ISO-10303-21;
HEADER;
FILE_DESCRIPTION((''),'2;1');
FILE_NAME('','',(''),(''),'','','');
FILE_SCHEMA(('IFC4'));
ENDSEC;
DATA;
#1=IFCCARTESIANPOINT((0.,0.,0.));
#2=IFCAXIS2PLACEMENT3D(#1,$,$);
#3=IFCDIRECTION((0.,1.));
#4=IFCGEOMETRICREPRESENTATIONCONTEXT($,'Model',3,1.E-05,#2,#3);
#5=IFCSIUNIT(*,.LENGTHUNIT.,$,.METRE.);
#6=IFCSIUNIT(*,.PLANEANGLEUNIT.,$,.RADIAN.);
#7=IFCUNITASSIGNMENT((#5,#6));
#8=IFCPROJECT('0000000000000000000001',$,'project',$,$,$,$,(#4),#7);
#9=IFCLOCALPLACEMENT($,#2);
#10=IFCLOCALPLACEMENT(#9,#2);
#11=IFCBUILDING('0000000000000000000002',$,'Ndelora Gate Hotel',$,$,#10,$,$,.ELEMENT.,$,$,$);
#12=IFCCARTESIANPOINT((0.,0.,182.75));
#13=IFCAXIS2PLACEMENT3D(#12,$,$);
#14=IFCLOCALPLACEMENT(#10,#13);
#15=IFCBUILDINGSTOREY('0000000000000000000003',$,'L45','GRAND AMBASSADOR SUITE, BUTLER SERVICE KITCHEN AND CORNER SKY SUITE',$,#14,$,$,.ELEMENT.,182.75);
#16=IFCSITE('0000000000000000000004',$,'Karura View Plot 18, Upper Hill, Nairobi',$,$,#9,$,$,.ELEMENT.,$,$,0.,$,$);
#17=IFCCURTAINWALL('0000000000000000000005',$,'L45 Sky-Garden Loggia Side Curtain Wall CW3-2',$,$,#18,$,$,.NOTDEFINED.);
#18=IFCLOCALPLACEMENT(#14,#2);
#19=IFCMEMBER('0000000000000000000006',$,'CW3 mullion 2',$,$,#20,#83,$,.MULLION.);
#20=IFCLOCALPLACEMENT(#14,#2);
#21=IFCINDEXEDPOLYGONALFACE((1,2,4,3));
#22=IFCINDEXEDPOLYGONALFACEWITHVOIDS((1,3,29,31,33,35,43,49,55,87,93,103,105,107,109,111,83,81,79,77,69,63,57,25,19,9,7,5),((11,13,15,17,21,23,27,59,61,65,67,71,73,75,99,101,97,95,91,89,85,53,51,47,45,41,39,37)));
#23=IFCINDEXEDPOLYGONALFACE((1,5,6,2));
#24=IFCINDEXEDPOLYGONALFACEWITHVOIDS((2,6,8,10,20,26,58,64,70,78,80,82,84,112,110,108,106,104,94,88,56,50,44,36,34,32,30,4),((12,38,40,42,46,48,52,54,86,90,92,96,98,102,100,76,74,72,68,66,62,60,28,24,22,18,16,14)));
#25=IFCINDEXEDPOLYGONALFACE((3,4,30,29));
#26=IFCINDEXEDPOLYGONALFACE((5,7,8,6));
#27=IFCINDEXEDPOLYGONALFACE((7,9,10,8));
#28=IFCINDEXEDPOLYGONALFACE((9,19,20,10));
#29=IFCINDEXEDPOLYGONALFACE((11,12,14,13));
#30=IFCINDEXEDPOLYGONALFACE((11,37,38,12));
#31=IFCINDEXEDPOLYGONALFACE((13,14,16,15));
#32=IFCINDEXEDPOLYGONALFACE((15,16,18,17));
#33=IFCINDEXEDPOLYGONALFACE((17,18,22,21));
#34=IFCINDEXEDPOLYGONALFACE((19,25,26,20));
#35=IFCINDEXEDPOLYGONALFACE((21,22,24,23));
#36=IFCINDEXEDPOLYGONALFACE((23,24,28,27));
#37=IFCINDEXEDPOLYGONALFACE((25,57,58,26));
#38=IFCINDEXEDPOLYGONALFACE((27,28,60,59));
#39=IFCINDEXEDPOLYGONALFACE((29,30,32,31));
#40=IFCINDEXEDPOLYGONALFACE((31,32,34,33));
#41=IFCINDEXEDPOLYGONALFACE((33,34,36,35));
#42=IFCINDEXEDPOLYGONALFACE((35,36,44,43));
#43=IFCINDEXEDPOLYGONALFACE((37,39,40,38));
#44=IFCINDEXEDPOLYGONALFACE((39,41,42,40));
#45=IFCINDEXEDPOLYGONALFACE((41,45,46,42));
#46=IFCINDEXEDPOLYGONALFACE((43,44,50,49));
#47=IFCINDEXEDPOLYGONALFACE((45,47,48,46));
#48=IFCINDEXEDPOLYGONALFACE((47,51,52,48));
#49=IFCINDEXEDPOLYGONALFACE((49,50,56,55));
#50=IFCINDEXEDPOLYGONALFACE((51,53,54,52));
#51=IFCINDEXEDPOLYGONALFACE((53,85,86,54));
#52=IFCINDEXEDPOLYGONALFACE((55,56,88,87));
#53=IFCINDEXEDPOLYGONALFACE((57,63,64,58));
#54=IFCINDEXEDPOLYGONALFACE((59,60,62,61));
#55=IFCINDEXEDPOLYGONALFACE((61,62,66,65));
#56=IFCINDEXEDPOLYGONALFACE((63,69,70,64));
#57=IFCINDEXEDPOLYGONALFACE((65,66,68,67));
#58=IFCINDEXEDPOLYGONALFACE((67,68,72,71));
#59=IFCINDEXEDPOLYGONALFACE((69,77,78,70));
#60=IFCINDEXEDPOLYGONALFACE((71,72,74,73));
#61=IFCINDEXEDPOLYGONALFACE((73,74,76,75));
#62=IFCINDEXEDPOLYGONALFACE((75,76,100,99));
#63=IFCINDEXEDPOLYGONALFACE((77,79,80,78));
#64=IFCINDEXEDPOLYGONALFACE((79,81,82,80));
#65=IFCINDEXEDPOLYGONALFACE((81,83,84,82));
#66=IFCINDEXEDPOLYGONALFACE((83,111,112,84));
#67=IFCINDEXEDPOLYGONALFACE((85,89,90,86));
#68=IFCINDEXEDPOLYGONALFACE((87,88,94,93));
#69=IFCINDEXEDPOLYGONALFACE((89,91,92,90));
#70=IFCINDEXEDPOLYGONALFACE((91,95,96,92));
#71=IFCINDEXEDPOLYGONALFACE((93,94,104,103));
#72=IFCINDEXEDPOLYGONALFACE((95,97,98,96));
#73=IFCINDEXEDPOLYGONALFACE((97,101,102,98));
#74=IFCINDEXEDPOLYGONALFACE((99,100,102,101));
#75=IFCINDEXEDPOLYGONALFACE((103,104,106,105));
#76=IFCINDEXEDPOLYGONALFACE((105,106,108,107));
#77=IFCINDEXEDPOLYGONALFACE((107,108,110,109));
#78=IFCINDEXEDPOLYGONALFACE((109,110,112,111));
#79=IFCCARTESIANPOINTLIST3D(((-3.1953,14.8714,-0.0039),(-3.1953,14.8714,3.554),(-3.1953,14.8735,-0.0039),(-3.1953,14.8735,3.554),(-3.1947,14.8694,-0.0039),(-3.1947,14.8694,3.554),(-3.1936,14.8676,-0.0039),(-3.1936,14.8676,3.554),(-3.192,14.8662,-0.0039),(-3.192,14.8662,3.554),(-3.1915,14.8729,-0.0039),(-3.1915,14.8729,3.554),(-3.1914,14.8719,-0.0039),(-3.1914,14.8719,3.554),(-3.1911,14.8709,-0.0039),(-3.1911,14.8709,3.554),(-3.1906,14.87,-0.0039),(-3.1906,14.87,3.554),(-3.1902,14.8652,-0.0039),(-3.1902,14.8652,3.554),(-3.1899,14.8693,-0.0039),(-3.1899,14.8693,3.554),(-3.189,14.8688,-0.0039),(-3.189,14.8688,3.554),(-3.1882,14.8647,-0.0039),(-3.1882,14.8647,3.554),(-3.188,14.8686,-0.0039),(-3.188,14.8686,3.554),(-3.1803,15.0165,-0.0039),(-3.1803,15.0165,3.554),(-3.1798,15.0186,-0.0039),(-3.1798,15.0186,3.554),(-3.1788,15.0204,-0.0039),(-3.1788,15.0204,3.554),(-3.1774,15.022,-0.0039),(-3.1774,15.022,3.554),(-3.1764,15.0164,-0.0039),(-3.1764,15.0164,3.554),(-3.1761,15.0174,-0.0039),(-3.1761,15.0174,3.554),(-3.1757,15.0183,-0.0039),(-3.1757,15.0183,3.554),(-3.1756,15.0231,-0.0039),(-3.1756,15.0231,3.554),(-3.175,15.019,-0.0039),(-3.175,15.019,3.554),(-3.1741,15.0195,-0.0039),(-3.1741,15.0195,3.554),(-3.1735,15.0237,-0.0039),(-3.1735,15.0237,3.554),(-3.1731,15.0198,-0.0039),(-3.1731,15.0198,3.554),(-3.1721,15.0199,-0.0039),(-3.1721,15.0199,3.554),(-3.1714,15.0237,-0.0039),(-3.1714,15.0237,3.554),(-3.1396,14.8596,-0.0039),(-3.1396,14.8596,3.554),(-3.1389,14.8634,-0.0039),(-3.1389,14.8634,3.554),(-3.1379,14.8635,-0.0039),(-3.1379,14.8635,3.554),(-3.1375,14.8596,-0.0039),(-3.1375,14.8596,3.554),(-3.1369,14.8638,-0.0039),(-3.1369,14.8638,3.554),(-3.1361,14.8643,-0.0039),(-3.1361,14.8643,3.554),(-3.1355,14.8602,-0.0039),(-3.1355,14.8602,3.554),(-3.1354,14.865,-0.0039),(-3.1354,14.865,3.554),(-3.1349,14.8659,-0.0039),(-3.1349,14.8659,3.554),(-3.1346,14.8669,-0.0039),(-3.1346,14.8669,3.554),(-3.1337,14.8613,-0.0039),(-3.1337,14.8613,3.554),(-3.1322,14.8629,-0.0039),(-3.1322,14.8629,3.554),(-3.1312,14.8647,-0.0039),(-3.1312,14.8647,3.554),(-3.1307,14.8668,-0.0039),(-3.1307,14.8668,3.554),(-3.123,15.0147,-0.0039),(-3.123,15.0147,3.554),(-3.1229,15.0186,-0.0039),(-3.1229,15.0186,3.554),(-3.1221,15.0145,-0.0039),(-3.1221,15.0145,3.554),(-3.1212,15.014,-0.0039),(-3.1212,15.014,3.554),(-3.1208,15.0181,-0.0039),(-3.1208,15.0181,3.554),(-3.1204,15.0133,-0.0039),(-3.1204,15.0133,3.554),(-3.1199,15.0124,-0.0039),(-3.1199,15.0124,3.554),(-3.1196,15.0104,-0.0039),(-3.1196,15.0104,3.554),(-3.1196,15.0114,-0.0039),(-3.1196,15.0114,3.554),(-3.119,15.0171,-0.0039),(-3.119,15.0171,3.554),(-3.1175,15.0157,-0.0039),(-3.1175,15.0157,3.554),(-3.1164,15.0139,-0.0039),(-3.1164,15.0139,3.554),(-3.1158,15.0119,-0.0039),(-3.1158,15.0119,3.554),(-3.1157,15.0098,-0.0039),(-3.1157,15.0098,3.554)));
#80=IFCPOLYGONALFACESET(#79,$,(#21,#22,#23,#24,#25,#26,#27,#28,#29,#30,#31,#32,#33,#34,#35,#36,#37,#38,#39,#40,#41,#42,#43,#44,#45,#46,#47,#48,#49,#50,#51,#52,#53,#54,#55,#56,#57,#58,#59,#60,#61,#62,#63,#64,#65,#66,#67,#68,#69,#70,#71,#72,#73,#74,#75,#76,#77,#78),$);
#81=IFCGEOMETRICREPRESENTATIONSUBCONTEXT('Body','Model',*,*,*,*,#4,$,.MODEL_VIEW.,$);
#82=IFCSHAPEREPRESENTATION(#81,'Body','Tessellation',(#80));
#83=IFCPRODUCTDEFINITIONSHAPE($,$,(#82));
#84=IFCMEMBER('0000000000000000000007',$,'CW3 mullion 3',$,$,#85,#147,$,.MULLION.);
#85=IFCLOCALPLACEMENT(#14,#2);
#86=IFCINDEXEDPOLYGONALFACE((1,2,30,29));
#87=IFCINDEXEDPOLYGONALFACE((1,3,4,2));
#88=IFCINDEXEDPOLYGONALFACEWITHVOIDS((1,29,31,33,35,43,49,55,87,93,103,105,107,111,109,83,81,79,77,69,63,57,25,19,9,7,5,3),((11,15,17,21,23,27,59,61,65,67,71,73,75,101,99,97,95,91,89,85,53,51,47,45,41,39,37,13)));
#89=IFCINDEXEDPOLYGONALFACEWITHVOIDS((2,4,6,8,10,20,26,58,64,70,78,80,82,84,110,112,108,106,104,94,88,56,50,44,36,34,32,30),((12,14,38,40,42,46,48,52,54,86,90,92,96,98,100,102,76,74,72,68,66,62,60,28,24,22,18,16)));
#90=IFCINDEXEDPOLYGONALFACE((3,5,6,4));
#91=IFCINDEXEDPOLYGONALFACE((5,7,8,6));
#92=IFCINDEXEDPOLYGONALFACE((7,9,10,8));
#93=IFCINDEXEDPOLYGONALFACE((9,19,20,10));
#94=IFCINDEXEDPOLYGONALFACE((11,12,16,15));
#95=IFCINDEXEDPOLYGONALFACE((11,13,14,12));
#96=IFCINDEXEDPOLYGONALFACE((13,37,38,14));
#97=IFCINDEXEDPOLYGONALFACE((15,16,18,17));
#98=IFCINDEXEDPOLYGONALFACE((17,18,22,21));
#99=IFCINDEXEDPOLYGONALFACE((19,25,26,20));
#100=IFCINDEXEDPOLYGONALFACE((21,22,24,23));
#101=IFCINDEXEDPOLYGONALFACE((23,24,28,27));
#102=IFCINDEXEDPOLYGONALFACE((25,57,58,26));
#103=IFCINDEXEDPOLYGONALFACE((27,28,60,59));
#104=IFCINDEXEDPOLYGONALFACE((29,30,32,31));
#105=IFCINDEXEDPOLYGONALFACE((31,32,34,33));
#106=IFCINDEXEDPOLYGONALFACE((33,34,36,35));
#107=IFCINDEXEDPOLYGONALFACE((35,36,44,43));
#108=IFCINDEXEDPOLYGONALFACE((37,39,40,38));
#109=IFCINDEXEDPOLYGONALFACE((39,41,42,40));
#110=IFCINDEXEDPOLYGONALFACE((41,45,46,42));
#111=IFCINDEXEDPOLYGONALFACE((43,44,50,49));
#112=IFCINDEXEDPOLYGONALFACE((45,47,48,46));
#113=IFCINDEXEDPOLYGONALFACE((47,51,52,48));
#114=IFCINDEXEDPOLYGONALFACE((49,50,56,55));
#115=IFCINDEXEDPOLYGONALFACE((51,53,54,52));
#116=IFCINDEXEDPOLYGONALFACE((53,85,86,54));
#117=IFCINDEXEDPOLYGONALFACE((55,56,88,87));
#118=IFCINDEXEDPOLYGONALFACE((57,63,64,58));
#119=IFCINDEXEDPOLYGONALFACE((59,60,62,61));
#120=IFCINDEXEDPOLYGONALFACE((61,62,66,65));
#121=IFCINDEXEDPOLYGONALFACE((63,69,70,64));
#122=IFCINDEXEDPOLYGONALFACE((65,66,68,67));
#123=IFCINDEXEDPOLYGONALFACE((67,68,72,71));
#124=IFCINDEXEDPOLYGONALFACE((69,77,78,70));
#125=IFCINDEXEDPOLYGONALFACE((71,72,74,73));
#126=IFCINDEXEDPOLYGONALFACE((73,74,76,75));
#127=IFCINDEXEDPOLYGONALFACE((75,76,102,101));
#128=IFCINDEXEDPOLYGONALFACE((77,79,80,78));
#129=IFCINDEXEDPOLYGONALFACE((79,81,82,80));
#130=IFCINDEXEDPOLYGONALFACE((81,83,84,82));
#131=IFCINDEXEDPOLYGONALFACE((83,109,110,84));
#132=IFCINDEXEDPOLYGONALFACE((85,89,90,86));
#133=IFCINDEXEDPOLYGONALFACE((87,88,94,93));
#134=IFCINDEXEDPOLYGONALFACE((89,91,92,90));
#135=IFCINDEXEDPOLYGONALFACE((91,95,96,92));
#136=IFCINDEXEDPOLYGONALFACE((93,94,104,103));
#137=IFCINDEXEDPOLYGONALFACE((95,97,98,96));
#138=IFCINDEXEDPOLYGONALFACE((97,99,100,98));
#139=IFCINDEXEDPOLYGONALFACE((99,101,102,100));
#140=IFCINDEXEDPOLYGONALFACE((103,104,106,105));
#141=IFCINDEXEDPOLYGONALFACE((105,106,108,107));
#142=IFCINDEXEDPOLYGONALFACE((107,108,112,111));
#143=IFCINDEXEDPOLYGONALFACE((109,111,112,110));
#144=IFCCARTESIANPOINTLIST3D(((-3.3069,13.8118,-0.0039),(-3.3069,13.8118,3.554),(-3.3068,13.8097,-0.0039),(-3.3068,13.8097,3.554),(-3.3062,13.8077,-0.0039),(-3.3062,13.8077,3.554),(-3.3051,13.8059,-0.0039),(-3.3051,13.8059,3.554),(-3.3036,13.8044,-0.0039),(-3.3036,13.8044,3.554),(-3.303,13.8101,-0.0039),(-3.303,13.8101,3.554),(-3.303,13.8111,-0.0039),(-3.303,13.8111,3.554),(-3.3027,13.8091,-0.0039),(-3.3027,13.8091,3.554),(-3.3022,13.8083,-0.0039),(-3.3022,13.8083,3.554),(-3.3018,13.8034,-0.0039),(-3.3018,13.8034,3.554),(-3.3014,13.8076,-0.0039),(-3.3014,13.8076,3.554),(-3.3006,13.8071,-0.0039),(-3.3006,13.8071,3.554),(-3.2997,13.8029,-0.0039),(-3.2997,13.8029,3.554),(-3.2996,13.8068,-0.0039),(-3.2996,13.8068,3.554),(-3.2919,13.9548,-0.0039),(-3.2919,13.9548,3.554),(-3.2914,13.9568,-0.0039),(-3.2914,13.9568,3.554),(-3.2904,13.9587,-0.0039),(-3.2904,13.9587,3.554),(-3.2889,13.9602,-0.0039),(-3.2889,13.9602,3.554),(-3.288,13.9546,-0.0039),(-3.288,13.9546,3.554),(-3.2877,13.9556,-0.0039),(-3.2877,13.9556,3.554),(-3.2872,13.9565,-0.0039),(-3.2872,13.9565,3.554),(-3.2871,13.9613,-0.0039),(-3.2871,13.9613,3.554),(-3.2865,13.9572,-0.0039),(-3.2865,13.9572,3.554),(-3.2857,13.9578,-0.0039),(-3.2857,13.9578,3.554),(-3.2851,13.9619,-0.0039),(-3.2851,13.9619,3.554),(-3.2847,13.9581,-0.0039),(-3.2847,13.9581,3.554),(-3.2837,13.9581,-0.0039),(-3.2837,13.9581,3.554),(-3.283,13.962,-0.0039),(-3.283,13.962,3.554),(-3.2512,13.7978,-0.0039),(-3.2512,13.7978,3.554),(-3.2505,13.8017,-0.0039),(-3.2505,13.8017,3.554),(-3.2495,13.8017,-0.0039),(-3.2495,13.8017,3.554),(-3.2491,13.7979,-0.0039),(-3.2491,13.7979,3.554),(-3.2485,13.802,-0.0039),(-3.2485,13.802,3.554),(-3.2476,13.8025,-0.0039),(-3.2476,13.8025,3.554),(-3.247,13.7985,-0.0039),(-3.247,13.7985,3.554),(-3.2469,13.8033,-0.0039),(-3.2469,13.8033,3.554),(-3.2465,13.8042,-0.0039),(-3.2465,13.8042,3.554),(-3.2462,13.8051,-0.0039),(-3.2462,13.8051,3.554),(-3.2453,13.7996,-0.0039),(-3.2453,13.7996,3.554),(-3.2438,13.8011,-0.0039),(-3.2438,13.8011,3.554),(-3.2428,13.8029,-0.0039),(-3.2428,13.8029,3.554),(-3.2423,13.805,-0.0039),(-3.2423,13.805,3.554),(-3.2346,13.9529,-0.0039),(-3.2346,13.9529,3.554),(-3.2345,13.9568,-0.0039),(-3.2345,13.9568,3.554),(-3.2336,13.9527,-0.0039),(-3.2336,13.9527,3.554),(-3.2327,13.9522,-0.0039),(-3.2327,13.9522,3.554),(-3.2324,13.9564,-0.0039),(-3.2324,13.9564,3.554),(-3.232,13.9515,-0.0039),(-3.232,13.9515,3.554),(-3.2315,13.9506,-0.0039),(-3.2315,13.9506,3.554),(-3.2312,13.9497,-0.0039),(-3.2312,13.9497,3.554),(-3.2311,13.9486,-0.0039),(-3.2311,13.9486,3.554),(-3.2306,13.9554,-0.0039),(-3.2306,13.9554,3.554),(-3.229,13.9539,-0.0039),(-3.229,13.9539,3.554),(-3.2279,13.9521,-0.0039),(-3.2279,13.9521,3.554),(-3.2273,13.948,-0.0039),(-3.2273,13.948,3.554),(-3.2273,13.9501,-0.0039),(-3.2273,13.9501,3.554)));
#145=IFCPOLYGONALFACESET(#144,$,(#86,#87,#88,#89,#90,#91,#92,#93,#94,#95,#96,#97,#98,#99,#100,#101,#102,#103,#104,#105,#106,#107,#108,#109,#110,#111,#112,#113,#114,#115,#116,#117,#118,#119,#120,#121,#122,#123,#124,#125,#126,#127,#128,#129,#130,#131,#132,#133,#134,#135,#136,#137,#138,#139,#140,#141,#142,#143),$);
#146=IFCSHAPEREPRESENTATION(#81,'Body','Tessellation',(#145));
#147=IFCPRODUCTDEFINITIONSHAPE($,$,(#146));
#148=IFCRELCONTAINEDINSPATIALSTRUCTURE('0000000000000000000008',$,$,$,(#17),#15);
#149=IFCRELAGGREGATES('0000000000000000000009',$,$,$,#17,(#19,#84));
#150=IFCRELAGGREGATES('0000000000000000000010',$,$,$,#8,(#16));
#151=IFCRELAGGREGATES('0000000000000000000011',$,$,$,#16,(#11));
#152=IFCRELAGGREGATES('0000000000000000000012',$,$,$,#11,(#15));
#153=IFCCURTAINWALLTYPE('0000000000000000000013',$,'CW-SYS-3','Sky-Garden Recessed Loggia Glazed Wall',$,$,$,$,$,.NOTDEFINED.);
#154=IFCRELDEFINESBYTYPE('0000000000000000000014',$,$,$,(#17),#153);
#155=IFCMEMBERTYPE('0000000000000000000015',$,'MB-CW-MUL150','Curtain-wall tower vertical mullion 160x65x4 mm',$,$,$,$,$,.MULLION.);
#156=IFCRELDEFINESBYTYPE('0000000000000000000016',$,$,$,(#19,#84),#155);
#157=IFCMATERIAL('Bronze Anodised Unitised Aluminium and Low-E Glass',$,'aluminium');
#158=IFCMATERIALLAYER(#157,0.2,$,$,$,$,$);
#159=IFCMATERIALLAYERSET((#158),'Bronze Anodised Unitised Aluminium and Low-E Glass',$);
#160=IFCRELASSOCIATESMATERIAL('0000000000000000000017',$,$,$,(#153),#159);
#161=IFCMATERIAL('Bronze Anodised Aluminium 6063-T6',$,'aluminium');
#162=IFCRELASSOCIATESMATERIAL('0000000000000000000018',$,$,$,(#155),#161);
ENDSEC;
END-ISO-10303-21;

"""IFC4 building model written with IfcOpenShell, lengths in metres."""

from ifc_helpers import new_model, si_unit, direction, frame, origin, origin_2d, place, context, subcontext, project, spatial, hollow_rectangle, extrude, material, layer, layer_set, material_profile, profile_set, type_object, element, aggregate, save


model = new_model("IFC4")

# Units and contexts
model_context = context("Model", 3, precision=1e-05, world=origin(), true_north=direction((0.0, 1.0)))
body_context = subcontext(model_context, "Body", "Model", "MODEL_VIEW")
ifc_project = project(units=[si_unit("LENGTHUNIT", "METRE"), si_unit("PLANEANGLEUNIT", "RADIAN")], contexts=[model_context])

# Site, building, storey
site_placement = place(None, origin())
site = spatial("IfcSite", under=ifc_project, at=site_placement, Name="Karura View Plot 18, Upper Hill, Nairobi", CompositionType="ELEMENT", RefElevation=0.0)
building_placement = place(site_placement, origin())
building = spatial("IfcBuilding", under=site, at=building_placement, Name="Ndelora Gate Hotel", CompositionType="ELEMENT")
storey_placement = place(building_placement, frame((0.0, 0.0, 182.75)))
storey = spatial("IfcBuildingStorey", under=building, at=storey_placement, Name="L45", Description="GRAND AMBASSADOR SUITE, BUTLER SERVICE KITCHEN AND CORNER SKY SUITE", CompositionType="ELEMENT", Elevation=182.75)

# Curtain wall, members
ifc_material_1 = material(Name="Bronze Anodised Unitised Aluminium and Low-E Glass", Category="aluminium")
ifc_layer_1 = layer(ifc_material_1, 0.2)
ifc_layer_set_1 = layer_set([ifc_layer_1], Name="Bronze Anodised Unitised Aluminium and Low-E Glass")
curtain_wall_type = type_object("IfcCurtainWallType", Name="CW-SYS-3", Description="Sky-Garden Recessed Loggia Glazed Wall", PredefinedType="NOTDEFINED", material=ifc_layer_set_1)
curtain_wall_placement = place(storey_placement, origin())
curtain_wall = element("IfcCurtainWall", 1, at=curtain_wall_placement, inside=storey, type_object=curtain_wall_type, Name="L45 Sky-Garden Loggia Side Curtain Wall CW3-2", PredefinedType="NOTDEFINED")
ifc_material_2 = material(Name="Bronze Anodised Aluminium 6063-T6", Category="aluminium")
ifc_material_profile_1 = material_profile(ifc_material_2, hollow_rectangle(XDim=0.0649, YDim=0.1599, WallThickness=0.0039, InnerFilletRadius=0.0039, OuterFilletRadius=0.0081, at=origin_2d()), Name="ALU 160x65x4")
ifc_profile_set_1 = profile_set([ifc_material_profile_1], Name="Bronze Anodised Aluminium 6063-T6")
member_type_1 = type_object("IfcMemberType", Name="MB-CW-MUL150", Description="Curtain-wall tower vertical mullion 160x65x4 mm", PredefinedType="MULLION", material=ifc_profile_set_1)
member_1_placement = place(storey_placement, frame((-3.1555, 14.9417, -0.0039), z_axis=(0.0, 0.0, 1.0), x_axis=(0.994525, -0.104498, 0.0)))
member_1 = element("IfcMember", 2, at=member_1_placement, type_object=member_type_1, Name="CW3 mullion 2", PredefinedType="MULLION", context=body_context, shape_type="SweptSolid", body=[
    extrude(hollow_rectangle(XDim=0.0649, YDim=0.1599, WallThickness=0.0039, InnerFilletRadius=0.0039, OuterFilletRadius=0.0081, at=origin_2d()), origin(), (0.0, 0.0, 1.0), 3.5579),
])
member_2_placement = place(storey_placement, frame((-3.2671, 13.8799, -0.0039), z_axis=(0.0, 0.0, 1.0), x_axis=(0.994525, -0.104498, 0.0)))
member_2 = element("IfcMember", 3, at=member_2_placement, type_object=member_type_1, Name="CW3 mullion 3", PredefinedType="MULLION", context=body_context, shape_type="SweptSolid", body=[
    extrude(hollow_rectangle(XDim=0.0649, YDim=0.1599, WallThickness=0.0039, InnerFilletRadius=0.0039, OuterFilletRadius=0.0081, at=origin_2d()), origin(), (0.0, 0.0, 1.0), 3.5579),
])
aggregate(curtain_wall, [member_1, member_2])

save(model, "model.ifc")
